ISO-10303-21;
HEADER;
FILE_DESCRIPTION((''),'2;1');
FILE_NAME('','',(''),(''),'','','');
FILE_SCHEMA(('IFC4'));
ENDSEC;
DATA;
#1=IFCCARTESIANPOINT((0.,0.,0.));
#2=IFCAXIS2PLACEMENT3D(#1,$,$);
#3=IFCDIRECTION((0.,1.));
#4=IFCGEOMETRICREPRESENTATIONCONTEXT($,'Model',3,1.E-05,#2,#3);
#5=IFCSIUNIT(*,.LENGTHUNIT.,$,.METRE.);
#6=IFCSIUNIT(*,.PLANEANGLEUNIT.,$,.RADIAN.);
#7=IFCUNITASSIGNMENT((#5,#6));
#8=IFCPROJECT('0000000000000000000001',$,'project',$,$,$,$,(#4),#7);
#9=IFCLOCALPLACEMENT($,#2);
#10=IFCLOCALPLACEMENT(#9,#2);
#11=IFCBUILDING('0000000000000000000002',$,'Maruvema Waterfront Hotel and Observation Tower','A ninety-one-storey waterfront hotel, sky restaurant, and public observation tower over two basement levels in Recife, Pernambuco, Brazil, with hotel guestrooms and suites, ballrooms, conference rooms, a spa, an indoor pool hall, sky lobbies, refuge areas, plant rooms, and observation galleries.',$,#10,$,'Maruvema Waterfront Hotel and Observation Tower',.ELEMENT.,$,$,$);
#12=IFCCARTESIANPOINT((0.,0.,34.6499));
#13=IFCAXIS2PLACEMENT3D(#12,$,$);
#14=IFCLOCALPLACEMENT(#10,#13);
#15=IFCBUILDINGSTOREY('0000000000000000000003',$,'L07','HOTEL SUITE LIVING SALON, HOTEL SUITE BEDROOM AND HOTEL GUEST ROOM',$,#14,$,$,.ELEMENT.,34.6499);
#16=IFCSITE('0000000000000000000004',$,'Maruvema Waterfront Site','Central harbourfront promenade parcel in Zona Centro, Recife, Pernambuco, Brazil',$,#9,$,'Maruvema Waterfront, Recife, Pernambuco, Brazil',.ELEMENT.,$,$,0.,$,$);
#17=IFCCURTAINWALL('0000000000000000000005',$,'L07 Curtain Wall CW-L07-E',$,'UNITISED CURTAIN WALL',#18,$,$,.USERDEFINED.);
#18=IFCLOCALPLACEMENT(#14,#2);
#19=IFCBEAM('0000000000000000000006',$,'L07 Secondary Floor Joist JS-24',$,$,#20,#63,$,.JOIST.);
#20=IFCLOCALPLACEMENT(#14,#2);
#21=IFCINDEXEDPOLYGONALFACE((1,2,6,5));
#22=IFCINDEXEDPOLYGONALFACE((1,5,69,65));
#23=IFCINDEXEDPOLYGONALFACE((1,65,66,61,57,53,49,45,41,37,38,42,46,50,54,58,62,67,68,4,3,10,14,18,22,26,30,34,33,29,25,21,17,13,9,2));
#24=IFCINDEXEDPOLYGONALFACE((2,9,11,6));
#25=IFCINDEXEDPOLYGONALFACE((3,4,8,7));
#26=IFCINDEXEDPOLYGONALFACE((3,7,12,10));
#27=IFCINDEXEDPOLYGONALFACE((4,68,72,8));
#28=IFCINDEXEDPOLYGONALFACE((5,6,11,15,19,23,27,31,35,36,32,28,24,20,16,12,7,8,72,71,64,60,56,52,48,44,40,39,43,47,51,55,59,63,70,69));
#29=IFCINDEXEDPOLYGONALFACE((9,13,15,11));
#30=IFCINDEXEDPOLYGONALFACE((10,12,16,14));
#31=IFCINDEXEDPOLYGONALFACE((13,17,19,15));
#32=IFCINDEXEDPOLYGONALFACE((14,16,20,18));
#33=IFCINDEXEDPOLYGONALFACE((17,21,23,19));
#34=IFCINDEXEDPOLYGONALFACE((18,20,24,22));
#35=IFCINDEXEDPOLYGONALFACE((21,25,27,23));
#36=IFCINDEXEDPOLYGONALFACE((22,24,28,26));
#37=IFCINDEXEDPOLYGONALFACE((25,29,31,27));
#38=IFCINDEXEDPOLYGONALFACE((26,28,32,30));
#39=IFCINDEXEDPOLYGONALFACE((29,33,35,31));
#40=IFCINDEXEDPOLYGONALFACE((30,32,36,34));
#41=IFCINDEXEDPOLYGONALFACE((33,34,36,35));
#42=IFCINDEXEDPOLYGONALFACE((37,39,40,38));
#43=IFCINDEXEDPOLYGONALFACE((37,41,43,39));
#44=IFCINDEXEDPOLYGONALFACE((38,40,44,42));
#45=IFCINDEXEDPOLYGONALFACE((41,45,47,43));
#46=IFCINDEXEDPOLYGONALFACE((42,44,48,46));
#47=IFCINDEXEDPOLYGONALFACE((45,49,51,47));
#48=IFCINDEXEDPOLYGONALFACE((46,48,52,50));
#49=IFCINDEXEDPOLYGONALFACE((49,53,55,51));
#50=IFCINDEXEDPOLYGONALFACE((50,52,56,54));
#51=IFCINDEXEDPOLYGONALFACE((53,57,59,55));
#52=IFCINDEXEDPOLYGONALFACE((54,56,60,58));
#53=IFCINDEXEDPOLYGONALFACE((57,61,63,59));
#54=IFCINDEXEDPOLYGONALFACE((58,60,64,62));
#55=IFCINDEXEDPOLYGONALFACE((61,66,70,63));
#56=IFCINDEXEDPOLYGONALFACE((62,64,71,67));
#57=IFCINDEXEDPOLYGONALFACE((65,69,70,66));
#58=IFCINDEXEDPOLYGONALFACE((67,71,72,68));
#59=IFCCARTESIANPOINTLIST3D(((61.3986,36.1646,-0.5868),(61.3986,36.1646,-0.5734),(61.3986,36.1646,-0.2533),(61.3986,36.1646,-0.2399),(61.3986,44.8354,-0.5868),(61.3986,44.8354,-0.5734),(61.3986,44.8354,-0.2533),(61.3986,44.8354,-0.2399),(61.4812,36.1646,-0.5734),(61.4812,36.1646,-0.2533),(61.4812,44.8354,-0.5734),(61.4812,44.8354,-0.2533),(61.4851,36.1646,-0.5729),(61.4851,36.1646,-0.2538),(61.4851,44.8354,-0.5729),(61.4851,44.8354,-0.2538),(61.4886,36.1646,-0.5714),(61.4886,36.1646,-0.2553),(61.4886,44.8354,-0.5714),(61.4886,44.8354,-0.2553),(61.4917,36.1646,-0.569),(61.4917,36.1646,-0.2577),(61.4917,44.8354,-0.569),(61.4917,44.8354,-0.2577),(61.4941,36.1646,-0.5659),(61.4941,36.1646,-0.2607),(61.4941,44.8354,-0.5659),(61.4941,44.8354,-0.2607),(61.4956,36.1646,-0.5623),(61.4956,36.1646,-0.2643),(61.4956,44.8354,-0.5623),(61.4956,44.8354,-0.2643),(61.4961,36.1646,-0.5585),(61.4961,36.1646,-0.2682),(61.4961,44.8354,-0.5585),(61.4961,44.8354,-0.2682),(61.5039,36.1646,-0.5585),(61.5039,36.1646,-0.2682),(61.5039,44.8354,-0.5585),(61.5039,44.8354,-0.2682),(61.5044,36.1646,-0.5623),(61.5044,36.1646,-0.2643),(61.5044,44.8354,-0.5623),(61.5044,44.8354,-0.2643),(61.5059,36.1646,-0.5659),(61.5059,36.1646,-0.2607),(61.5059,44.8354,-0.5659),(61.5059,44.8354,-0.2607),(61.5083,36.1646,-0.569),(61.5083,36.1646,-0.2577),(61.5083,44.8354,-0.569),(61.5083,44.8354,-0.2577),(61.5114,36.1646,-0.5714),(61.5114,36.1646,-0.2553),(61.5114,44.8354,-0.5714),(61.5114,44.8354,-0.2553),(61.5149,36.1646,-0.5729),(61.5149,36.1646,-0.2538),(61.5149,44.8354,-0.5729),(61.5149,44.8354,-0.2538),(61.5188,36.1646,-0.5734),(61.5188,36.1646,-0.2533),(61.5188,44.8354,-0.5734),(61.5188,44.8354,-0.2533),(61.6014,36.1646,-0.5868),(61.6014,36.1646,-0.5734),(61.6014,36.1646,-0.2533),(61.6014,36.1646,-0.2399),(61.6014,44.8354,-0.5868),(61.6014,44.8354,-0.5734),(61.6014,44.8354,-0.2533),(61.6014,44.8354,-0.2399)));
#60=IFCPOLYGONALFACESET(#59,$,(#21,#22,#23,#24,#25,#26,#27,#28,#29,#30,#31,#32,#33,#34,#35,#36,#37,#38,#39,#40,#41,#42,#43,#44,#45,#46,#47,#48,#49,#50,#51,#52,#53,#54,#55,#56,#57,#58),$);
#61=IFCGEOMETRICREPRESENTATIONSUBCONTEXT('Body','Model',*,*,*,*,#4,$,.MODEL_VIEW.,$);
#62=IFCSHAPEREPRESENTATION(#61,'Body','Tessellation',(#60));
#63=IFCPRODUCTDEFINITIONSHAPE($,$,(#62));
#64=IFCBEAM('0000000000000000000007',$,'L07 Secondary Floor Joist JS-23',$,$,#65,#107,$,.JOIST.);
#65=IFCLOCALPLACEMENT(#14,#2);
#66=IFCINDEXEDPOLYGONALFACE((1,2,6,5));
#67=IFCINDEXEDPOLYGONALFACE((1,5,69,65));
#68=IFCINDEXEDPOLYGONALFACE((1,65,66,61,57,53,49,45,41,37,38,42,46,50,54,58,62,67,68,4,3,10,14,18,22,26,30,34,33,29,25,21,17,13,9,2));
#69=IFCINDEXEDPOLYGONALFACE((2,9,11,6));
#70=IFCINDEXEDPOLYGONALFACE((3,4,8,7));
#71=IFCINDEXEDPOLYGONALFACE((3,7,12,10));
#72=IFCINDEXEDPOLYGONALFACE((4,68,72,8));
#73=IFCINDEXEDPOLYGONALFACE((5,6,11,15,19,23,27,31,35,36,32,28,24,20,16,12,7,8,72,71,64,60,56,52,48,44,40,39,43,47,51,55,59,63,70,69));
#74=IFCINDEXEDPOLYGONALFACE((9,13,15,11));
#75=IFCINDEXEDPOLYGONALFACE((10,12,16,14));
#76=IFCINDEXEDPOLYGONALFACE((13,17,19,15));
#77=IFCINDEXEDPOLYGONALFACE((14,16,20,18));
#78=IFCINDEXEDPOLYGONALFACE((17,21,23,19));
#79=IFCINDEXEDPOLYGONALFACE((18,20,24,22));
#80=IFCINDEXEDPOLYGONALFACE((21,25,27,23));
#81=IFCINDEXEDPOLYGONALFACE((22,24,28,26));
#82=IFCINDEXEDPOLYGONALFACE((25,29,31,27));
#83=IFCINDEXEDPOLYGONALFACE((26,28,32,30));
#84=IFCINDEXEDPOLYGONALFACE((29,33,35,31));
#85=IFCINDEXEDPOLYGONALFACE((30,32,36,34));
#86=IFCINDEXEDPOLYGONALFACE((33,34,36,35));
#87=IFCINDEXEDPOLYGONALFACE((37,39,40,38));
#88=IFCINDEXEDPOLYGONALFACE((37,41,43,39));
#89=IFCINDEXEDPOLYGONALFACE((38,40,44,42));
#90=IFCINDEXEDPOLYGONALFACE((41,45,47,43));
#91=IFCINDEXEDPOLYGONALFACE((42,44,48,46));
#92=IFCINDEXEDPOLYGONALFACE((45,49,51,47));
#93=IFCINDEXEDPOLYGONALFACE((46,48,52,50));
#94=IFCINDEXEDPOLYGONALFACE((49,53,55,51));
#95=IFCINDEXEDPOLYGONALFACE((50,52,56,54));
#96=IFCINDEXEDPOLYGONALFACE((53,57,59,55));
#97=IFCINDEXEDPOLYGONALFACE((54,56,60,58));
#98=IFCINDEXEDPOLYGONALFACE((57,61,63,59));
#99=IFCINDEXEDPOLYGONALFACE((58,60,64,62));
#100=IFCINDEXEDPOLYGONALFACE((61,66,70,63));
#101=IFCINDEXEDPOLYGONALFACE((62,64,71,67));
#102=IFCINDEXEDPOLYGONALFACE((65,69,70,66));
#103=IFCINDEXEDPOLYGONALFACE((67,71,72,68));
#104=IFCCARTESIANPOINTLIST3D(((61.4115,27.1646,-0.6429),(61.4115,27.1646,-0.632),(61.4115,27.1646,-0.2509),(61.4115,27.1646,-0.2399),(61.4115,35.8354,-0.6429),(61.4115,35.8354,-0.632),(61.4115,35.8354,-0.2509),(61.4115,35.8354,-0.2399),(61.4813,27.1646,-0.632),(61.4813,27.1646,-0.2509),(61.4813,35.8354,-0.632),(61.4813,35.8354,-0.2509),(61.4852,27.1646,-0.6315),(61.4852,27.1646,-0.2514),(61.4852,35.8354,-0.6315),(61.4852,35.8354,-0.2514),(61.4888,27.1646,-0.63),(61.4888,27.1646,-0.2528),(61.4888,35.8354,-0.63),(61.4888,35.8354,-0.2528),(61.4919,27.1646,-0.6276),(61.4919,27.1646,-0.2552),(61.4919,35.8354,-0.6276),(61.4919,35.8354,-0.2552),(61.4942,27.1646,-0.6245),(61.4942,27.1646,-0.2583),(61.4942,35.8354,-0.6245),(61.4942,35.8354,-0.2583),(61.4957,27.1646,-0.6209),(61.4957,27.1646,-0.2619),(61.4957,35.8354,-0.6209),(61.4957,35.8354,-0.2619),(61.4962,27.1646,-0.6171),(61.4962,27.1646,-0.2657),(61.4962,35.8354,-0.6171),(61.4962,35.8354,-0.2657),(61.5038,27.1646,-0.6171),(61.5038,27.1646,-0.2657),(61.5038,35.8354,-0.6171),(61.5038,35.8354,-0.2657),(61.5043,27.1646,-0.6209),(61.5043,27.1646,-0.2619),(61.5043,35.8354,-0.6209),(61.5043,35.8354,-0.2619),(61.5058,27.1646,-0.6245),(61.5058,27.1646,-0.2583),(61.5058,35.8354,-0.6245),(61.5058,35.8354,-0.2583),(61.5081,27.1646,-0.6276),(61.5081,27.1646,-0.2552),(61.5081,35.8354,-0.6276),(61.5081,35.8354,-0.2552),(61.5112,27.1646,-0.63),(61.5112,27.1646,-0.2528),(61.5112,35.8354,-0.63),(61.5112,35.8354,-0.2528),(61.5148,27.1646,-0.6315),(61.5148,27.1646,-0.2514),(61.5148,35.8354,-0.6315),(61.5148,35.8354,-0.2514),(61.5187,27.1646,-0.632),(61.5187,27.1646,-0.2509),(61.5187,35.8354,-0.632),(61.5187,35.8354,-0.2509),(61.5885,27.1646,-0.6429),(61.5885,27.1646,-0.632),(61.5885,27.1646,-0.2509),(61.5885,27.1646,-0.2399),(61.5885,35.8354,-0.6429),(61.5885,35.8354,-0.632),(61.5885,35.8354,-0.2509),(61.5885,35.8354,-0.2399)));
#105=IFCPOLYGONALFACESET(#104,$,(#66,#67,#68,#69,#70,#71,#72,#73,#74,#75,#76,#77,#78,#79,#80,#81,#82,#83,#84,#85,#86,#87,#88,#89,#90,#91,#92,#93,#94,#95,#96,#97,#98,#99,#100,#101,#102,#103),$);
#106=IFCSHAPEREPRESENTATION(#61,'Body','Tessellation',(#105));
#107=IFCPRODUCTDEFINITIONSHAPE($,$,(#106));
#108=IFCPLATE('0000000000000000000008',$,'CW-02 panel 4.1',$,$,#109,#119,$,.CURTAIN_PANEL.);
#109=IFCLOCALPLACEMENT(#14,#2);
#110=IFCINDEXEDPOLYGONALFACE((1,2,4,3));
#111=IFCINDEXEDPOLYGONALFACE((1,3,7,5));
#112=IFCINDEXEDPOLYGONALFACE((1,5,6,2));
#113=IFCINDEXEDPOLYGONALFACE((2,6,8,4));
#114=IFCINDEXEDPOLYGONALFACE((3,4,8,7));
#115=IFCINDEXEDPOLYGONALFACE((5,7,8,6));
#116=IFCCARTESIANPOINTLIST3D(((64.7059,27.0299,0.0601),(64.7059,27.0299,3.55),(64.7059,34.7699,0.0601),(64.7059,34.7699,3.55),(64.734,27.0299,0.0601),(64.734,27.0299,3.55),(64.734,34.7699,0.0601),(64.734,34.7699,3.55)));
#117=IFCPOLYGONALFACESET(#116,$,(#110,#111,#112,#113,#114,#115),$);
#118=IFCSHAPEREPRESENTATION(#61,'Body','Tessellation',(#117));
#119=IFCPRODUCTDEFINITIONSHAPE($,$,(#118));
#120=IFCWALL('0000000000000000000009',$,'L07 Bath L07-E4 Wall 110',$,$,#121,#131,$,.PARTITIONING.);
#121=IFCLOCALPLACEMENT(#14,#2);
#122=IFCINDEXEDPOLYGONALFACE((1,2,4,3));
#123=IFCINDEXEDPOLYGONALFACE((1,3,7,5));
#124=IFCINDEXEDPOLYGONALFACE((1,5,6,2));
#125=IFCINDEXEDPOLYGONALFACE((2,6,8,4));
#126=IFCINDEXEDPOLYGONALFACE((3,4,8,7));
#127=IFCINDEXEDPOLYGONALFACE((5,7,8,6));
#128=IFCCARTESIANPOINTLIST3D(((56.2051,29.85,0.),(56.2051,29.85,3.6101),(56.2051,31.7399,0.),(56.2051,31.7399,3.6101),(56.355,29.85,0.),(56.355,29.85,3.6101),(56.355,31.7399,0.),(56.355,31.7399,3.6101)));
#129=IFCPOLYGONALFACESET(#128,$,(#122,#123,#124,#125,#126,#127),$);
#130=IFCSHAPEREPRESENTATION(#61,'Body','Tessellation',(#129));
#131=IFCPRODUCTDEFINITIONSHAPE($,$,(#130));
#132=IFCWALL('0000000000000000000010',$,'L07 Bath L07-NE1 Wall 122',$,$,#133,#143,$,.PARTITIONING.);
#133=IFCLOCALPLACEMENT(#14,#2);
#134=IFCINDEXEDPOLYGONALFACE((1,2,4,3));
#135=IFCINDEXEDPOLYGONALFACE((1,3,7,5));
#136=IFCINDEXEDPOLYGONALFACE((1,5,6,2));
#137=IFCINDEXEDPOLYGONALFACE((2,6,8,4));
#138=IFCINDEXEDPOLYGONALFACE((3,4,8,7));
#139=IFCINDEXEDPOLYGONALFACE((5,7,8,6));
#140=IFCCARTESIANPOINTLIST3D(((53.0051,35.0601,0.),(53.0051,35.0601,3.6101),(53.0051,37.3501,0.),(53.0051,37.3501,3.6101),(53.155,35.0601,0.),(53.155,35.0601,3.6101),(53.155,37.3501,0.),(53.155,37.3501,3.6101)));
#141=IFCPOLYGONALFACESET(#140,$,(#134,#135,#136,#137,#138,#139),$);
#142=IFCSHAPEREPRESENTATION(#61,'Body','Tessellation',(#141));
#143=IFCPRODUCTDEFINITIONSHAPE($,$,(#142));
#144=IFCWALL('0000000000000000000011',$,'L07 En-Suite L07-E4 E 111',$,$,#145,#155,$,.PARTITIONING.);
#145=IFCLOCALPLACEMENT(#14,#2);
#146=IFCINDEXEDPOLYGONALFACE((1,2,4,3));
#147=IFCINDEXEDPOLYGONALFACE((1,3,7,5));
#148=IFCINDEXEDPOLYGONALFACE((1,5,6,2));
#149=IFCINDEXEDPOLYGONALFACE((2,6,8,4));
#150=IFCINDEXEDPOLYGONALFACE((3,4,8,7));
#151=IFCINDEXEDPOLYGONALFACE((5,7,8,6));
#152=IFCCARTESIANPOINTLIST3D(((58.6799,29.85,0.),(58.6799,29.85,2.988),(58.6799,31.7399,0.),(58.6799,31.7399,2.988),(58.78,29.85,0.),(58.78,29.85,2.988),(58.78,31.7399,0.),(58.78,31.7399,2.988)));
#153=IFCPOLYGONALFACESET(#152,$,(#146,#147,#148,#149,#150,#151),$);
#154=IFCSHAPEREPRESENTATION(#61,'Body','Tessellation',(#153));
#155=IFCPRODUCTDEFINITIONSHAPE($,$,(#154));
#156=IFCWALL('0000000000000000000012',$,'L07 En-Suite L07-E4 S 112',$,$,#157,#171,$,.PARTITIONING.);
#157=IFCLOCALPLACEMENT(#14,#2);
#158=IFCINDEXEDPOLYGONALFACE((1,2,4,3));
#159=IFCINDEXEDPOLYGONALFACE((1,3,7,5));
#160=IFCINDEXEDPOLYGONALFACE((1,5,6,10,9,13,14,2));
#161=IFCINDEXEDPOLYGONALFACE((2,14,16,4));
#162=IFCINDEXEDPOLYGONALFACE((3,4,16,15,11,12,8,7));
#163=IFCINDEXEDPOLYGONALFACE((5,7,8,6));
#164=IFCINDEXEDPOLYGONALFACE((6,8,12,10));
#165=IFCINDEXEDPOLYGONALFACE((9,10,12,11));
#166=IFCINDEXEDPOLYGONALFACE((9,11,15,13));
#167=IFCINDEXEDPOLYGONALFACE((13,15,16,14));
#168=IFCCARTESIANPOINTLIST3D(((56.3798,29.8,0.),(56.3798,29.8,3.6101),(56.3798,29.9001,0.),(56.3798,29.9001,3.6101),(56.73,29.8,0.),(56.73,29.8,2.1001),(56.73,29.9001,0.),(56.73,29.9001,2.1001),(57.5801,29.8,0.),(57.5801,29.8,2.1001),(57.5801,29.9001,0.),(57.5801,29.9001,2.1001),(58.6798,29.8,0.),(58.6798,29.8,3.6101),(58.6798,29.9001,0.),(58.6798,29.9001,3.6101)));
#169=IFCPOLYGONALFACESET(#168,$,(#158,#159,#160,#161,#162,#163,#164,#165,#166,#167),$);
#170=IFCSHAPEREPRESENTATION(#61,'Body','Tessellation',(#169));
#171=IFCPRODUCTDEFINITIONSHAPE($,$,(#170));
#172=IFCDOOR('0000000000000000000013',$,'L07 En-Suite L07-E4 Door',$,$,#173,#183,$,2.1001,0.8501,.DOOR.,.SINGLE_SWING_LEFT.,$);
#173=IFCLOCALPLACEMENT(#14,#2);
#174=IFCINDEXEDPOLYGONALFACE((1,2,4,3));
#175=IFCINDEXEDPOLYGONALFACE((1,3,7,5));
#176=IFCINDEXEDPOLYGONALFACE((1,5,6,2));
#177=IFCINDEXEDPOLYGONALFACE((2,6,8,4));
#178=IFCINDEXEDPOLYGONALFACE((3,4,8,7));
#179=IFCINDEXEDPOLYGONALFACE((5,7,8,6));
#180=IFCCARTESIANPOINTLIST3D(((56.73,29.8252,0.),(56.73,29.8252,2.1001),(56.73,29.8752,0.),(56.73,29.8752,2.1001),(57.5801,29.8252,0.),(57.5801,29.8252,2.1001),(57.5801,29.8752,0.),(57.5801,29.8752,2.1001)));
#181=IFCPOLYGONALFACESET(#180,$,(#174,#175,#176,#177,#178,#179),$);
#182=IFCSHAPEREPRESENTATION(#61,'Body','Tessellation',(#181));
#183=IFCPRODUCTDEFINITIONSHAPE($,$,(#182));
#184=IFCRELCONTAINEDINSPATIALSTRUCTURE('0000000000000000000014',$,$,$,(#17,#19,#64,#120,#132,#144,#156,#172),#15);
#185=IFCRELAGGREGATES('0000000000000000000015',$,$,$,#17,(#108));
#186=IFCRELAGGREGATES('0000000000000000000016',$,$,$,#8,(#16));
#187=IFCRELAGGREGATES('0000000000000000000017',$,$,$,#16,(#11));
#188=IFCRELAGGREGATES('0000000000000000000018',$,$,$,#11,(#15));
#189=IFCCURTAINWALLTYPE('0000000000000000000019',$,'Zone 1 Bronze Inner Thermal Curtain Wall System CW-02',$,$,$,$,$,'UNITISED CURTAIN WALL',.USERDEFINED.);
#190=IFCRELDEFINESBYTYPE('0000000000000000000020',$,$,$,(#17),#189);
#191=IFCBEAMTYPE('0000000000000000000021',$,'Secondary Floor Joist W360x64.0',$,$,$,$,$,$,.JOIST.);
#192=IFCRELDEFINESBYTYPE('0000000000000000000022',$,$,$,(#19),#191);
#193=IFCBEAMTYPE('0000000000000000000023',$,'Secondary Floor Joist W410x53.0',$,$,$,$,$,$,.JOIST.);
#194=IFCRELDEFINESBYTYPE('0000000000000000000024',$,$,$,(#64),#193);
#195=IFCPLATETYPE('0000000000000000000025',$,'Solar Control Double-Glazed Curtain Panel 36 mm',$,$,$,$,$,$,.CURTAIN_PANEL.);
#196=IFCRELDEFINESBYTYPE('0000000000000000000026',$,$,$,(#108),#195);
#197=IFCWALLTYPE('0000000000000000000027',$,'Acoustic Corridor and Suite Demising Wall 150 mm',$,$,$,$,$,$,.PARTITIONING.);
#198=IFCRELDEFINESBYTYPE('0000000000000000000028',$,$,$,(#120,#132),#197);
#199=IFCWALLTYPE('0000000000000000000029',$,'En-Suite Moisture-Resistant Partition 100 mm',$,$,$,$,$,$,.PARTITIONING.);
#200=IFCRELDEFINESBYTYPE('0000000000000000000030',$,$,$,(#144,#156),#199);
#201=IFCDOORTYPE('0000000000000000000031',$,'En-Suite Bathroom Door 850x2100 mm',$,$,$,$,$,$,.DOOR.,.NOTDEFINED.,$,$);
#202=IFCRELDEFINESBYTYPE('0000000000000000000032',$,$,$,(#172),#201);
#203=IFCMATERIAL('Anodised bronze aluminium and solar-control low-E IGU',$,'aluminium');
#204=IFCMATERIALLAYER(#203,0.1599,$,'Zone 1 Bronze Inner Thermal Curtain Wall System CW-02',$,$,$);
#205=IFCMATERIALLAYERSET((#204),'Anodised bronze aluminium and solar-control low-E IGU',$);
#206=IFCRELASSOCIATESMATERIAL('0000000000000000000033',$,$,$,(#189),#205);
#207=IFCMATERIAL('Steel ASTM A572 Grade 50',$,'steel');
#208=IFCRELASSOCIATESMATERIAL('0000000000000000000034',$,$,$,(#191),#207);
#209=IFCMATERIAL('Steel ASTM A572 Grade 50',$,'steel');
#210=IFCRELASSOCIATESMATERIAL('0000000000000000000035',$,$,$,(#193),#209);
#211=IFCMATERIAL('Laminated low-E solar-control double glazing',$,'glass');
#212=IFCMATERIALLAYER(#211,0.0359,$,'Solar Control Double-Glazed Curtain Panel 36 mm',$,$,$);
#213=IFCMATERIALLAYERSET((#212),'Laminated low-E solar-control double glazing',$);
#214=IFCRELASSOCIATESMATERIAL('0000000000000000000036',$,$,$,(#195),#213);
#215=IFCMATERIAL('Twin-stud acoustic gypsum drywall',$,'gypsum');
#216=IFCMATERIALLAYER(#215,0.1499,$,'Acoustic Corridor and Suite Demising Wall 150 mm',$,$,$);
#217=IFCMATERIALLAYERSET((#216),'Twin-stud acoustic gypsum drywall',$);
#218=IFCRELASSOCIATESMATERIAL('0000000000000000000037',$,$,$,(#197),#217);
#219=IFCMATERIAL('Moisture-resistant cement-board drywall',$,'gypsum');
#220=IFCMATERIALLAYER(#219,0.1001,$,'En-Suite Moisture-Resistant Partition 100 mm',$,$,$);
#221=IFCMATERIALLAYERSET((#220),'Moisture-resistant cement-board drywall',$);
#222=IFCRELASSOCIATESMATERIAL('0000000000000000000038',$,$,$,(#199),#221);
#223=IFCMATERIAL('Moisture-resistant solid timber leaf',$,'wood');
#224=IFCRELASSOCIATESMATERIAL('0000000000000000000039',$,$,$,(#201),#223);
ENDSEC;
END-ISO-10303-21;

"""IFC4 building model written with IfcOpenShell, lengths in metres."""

from ifc_helpers import new_model, si_unit, direction, frame, frame_2d, origin, origin_2d, place, context, subcontext, project, spatial, rectangle, i_section, extrude, material, layer, layer_set, material_profile, profile_set, type_object, element, fill, aggregate, save


model = new_model("IFC4")

# Units and contexts
model_context = context("Model", 3, precision=1e-05, world=origin(), true_north=direction((0.0, 1.0)))
body_context = subcontext(model_context, "Body", "Model", "MODEL_VIEW")
ifc_project = project(units=[si_unit("LENGTHUNIT", "METRE"), si_unit("PLANEANGLEUNIT", "RADIAN")], contexts=[model_context])

# Site, building, storey
site_placement = place(None, origin())
site = spatial("IfcSite", under=ifc_project, at=site_placement, Name="Maruvema Waterfront Site", Description="Central harbourfront promenade parcel in Zona Centro, Recife, Pernambuco, Brazil", LongName="Maruvema Waterfront, Recife, Pernambuco, Brazil", CompositionType="ELEMENT", RefElevation=0.0)
building_placement = place(site_placement, origin())
building = spatial("IfcBuilding", under=site, at=building_placement, Name="Maruvema Waterfront Hotel and Observation Tower", Description="A ninety-one-storey waterfront hotel, sky restaurant, and public observation tower over two basement levels in Recife, Pernambuco, Brazil, with hotel guestrooms and suites, ballrooms, conference rooms, a spa, an indoor pool hall, sky lobbies, refuge areas, plant rooms, and observation galleries.", LongName="Maruvema Waterfront Hotel and Observation Tower", CompositionType="ELEMENT")
storey_placement = place(building_placement, frame((0.0, 0.0, 34.6499)))
storey = spatial("IfcBuildingStorey", under=building, at=storey_placement, Name="L07", Description="HOTEL SUITE LIVING SALON, HOTEL SUITE BEDROOM AND HOTEL GUEST ROOM", CompositionType="ELEMENT", Elevation=34.6499)

# Curtain wall
ifc_material_1 = material(Name="Anodised bronze aluminium and solar-control low-E IGU", Category="aluminium")
ifc_layer_1 = layer(ifc_material_1, 0.1599, Name="Zone 1 Bronze Inner Thermal Curtain Wall System CW-02")
ifc_layer_set_1 = layer_set([ifc_layer_1], Name="Anodised bronze aluminium and solar-control low-E IGU")
curtain_wall_type = type_object("IfcCurtainWallType", Name="Zone 1 Bronze Inner Thermal Curtain Wall System CW-02", ElementType="UNITISED CURTAIN WALL", PredefinedType="USERDEFINED", material=ifc_layer_set_1)
curtain_wall_placement = place(storey_placement, origin())
curtain_wall = element("IfcCurtainWall", 1, at=curtain_wall_placement, inside=storey, type_object=curtain_wall_type, Name="L07 Curtain Wall CW-L07-E", ObjectType="UNITISED CURTAIN WALL", PredefinedType="USERDEFINED")

# Beams
ifc_material_2 = material(Name="Steel ASTM A572 Grade 50", Category="steel")
ifc_material_profile_1 = material_profile(ifc_material_2, i_section(OverallWidth=0.2029, OverallDepth=0.3469, WebThickness=0.0078, FlangeThickness=0.0134, FilletRadius=0.0149, at=origin_2d()), Name="W360x64.0")
ifc_profile_set_1 = profile_set([ifc_material_profile_1], Name="Steel ASTM A572 Grade 50")
beam_type_1 = type_object("IfcBeamType", Name="Secondary Floor Joist W360x64.0", PredefinedType="JOIST", material=ifc_profile_set_1)
beam_1_placement = place(storey_placement, frame((61.5, 36.1646, -0.4133), z_axis=(0.0, 1.0, 0.0), x_axis=(-1.0, 0.0, 0.0)))
element("IfcBeam", 2, at=beam_1_placement, inside=storey, type_object=beam_type_1, Name="L07 Secondary Floor Joist JS-24", PredefinedType="JOIST", context=body_context, shape_type="SweptSolid", body=[
    extrude(i_section(OverallWidth=0.2029, OverallDepth=0.3469, WebThickness=0.0078, FlangeThickness=0.0134, FilletRadius=0.0149, at=origin_2d()), origin(), (0.0, 0.0, 1.0), 8.6709),
])
ifc_material_3 = material(Name="Steel ASTM A572 Grade 50", Category="steel")
ifc_material_profile_2 = material_profile(ifc_material_3, i_section(OverallWidth=0.177, OverallDepth=0.4031, WebThickness=0.0076, FlangeThickness=0.011, FilletRadius=0.0149, at=origin_2d()), Name="W410x53.0")
ifc_profile_set_2 = profile_set([ifc_material_profile_2], Name="Steel ASTM A572 Grade 50")
beam_type_2 = type_object("IfcBeamType", Name="Secondary Floor Joist W410x53.0", PredefinedType="JOIST", material=ifc_profile_set_2)
beam_2_placement = place(storey_placement, frame((61.5, 27.1646, -0.4414), z_axis=(0.0, 1.0, 0.0), x_axis=(-1.0, 0.0, 0.0)))
element("IfcBeam", 3, at=beam_2_placement, inside=storey, type_object=beam_type_2, Name="L07 Secondary Floor Joist JS-23", PredefinedType="JOIST", context=body_context, shape_type="SweptSolid", body=[
    extrude(i_section(OverallWidth=0.177, OverallDepth=0.4031, WebThickness=0.0076, FlangeThickness=0.011, FilletRadius=0.0149, at=origin_2d()), origin(), (0.0, 0.0, 1.0), 8.6709),
])

# Plate
ifc_material_4 = material(Name="Laminated low-E solar-control double glazing", Category="glass")
ifc_layer_2 = layer(ifc_material_4, 0.0359, Name="Solar Control Double-Glazed Curtain Panel 36 mm")
ifc_layer_set_2 = layer_set([ifc_layer_2], Name="Laminated low-E solar-control double glazing")
plate_type = type_object("IfcPlateType", Name="Solar Control Double-Glazed Curtain Panel 36 mm", PredefinedType="CURTAIN_PANEL", material=ifc_layer_set_2)
plate_placement = place(storey_placement, frame((64.72, 30.8999, 0.0601), z_axis=(0.0, 0.0, 1.0), x_axis=(0.0, 1.0, 0.0)))
plate = element("IfcPlate", 4, at=plate_placement, type_object=plate_type, Name="CW-02 panel 4.1", PredefinedType="CURTAIN_PANEL", context=body_context, shape_type="SweptSolid", body=[
    extrude(rectangle(XDim=7.74, YDim=0.0281, at=origin_2d()), origin(), (0.0, 0.0, 1.0), 3.49),
])
aggregate(curtain_wall, [plate])

# Shared definitions
ifc_material_5 = material(Name="Twin-stud acoustic gypsum drywall", Category="gypsum")
ifc_layer_3 = layer(ifc_material_5, 0.1499, Name="Acoustic Corridor and Suite Demising Wall 150 mm")
ifc_layer_set_3 = layer_set([ifc_layer_3], Name="Twin-stud acoustic gypsum drywall")
wall_type_1 = type_object("IfcWallType", Name="Acoustic Corridor and Suite Demising Wall 150 mm", PredefinedType="PARTITIONING", material=ifc_layer_set_3)

# Walls
wall_1_placement = place(storey_placement, frame((56.28, 29.8501, 0.0), z_axis=(0.0, 0.0, 1.0), x_axis=(0.0, 1.0, 0.0)))
element("IfcWall", 5, at=wall_1_placement, inside=storey, type_object=wall_type_1, Name="L07 Bath L07-E4 Wall 110", PredefinedType="PARTITIONING", context=body_context, shape_type="SweptSolid", body=[
    extrude(rectangle(XDim=1.8899, YDim=0.1499, at=frame_2d((0.9448, 0.0))), origin(), (0.0, 0.0, 1.0), 3.6101),
])
wall_2_placement = place(storey_placement, frame((53.0801, 35.0601, 0.0), z_axis=(0.0, 0.0, 1.0), x_axis=(0.0, 1.0, 0.0)))
element("IfcWall", 6, at=wall_2_placement, inside=storey, type_object=wall_type_1, Name="L07 Bath L07-NE1 Wall 122", PredefinedType="PARTITIONING", context=body_context, shape_type="SweptSolid", body=[
    extrude(rectangle(XDim=2.29, YDim=0.1499, at=frame_2d((1.145, 0.0))), origin(), (0.0, 0.0, 1.0), 3.6101),
])
ifc_material_6 = material(Name="Moisture-resistant cement-board drywall", Category="gypsum")
ifc_layer_4 = layer(ifc_material_6, 0.1001, Name="En-Suite Moisture-Resistant Partition 100 mm")
ifc_layer_set_4 = layer_set([ifc_layer_4], Name="Moisture-resistant cement-board drywall")
wall_type_2 = type_object("IfcWallType", Name="En-Suite Moisture-Resistant Partition 100 mm", PredefinedType="PARTITIONING", material=ifc_layer_set_4)
wall_3_placement = place(storey_placement, frame((58.73, 29.8501, 0.0), z_axis=(0.0, 0.0, 1.0), x_axis=(0.0, 1.0, 0.0)))
element("IfcWall", 7, at=wall_3_placement, inside=storey, type_object=wall_type_2, Name="L07 En-Suite L07-E4 E 111", PredefinedType="PARTITIONING", context=body_context, shape_type="SweptSolid", body=[
    extrude(rectangle(XDim=1.8899, YDim=0.1001, at=frame_2d((0.9448, 0.0))), origin(), (0.0, 0.0, 1.0), 2.988),
])

# Wall, opening, door
wall_4_placement = place(storey_placement, frame((56.3799, 29.8501, 0.0), z_axis=(0.0, 0.0, 1.0), x_axis=(1.0, 0.0, 0.0)))
wall_4 = element("IfcWall", 8, at=wall_4_placement, inside=storey, type_object=wall_type_2, Name="L07 En-Suite L07-E4 S 112", PredefinedType="PARTITIONING", context=body_context, shape_type="SweptSolid", body=[
    extrude(rectangle(XDim=2.3, YDim=0.1001, at=frame_2d((1.1499, 0.0))), origin(), (0.0, 0.0, 1.0), 3.6101),
])
opening_1_placement = place(wall_4_placement, frame((0.3501, 0.0, 0.0)))
opening_1 = element("IfcOpeningElement", 9, at=opening_1_placement, cuts=wall_4, PredefinedType="OPENING", context=body_context, shape_type="SweptSolid", body=[
    extrude(rectangle(XDim=0.8501, YDim=2.1001, at=frame_2d((0.425, 1.05))), frame((0.0, 0.0601, 0.0), z_axis=(0.0, -1.0, 0.0), x_axis=(1.0, 0.0, 0.0)), (0.0, 0.0, 1.0), 0.1201),
])
ifc_material_7 = material(Name="Moisture-resistant solid timber leaf", Category="wood")
door_type_1 = type_object("IfcDoorType", Name="En-Suite Bathroom Door 850x2100 mm", OperationType="NOTDEFINED", PredefinedType="DOOR", material=ifc_material_7)
door_1_placement = place(opening_1_placement, frame((0.8501, 0.0, 0.0), z_axis=(0.0, 0.0, 1.0), x_axis=(-1.0, 0.0, 0.0)))
door_1 = element("IfcDoor", 10, at=door_1_placement, inside=storey, type_object=door_type_1, Name="L07 En-Suite L07-E4 Door", OperationType="SINGLE_SWING_LEFT", OverallHeight=2.1001, OverallWidth=0.8501, PredefinedType="DOOR", context=body_context, shape_type="SweptSolid", body=[
    extrude(rectangle(XDim=0.8501, YDim=2.1001, at=frame_2d((0.425, 1.05))), frame((0.0, 0.0249, 0.0), z_axis=(0.0, -1.0, 0.0), x_axis=(1.0, 0.0, 0.0)), (0.0, 0.0, 1.0), 0.05),
])
fill(opening_1, door_1)

save(model, "model.ifc")
